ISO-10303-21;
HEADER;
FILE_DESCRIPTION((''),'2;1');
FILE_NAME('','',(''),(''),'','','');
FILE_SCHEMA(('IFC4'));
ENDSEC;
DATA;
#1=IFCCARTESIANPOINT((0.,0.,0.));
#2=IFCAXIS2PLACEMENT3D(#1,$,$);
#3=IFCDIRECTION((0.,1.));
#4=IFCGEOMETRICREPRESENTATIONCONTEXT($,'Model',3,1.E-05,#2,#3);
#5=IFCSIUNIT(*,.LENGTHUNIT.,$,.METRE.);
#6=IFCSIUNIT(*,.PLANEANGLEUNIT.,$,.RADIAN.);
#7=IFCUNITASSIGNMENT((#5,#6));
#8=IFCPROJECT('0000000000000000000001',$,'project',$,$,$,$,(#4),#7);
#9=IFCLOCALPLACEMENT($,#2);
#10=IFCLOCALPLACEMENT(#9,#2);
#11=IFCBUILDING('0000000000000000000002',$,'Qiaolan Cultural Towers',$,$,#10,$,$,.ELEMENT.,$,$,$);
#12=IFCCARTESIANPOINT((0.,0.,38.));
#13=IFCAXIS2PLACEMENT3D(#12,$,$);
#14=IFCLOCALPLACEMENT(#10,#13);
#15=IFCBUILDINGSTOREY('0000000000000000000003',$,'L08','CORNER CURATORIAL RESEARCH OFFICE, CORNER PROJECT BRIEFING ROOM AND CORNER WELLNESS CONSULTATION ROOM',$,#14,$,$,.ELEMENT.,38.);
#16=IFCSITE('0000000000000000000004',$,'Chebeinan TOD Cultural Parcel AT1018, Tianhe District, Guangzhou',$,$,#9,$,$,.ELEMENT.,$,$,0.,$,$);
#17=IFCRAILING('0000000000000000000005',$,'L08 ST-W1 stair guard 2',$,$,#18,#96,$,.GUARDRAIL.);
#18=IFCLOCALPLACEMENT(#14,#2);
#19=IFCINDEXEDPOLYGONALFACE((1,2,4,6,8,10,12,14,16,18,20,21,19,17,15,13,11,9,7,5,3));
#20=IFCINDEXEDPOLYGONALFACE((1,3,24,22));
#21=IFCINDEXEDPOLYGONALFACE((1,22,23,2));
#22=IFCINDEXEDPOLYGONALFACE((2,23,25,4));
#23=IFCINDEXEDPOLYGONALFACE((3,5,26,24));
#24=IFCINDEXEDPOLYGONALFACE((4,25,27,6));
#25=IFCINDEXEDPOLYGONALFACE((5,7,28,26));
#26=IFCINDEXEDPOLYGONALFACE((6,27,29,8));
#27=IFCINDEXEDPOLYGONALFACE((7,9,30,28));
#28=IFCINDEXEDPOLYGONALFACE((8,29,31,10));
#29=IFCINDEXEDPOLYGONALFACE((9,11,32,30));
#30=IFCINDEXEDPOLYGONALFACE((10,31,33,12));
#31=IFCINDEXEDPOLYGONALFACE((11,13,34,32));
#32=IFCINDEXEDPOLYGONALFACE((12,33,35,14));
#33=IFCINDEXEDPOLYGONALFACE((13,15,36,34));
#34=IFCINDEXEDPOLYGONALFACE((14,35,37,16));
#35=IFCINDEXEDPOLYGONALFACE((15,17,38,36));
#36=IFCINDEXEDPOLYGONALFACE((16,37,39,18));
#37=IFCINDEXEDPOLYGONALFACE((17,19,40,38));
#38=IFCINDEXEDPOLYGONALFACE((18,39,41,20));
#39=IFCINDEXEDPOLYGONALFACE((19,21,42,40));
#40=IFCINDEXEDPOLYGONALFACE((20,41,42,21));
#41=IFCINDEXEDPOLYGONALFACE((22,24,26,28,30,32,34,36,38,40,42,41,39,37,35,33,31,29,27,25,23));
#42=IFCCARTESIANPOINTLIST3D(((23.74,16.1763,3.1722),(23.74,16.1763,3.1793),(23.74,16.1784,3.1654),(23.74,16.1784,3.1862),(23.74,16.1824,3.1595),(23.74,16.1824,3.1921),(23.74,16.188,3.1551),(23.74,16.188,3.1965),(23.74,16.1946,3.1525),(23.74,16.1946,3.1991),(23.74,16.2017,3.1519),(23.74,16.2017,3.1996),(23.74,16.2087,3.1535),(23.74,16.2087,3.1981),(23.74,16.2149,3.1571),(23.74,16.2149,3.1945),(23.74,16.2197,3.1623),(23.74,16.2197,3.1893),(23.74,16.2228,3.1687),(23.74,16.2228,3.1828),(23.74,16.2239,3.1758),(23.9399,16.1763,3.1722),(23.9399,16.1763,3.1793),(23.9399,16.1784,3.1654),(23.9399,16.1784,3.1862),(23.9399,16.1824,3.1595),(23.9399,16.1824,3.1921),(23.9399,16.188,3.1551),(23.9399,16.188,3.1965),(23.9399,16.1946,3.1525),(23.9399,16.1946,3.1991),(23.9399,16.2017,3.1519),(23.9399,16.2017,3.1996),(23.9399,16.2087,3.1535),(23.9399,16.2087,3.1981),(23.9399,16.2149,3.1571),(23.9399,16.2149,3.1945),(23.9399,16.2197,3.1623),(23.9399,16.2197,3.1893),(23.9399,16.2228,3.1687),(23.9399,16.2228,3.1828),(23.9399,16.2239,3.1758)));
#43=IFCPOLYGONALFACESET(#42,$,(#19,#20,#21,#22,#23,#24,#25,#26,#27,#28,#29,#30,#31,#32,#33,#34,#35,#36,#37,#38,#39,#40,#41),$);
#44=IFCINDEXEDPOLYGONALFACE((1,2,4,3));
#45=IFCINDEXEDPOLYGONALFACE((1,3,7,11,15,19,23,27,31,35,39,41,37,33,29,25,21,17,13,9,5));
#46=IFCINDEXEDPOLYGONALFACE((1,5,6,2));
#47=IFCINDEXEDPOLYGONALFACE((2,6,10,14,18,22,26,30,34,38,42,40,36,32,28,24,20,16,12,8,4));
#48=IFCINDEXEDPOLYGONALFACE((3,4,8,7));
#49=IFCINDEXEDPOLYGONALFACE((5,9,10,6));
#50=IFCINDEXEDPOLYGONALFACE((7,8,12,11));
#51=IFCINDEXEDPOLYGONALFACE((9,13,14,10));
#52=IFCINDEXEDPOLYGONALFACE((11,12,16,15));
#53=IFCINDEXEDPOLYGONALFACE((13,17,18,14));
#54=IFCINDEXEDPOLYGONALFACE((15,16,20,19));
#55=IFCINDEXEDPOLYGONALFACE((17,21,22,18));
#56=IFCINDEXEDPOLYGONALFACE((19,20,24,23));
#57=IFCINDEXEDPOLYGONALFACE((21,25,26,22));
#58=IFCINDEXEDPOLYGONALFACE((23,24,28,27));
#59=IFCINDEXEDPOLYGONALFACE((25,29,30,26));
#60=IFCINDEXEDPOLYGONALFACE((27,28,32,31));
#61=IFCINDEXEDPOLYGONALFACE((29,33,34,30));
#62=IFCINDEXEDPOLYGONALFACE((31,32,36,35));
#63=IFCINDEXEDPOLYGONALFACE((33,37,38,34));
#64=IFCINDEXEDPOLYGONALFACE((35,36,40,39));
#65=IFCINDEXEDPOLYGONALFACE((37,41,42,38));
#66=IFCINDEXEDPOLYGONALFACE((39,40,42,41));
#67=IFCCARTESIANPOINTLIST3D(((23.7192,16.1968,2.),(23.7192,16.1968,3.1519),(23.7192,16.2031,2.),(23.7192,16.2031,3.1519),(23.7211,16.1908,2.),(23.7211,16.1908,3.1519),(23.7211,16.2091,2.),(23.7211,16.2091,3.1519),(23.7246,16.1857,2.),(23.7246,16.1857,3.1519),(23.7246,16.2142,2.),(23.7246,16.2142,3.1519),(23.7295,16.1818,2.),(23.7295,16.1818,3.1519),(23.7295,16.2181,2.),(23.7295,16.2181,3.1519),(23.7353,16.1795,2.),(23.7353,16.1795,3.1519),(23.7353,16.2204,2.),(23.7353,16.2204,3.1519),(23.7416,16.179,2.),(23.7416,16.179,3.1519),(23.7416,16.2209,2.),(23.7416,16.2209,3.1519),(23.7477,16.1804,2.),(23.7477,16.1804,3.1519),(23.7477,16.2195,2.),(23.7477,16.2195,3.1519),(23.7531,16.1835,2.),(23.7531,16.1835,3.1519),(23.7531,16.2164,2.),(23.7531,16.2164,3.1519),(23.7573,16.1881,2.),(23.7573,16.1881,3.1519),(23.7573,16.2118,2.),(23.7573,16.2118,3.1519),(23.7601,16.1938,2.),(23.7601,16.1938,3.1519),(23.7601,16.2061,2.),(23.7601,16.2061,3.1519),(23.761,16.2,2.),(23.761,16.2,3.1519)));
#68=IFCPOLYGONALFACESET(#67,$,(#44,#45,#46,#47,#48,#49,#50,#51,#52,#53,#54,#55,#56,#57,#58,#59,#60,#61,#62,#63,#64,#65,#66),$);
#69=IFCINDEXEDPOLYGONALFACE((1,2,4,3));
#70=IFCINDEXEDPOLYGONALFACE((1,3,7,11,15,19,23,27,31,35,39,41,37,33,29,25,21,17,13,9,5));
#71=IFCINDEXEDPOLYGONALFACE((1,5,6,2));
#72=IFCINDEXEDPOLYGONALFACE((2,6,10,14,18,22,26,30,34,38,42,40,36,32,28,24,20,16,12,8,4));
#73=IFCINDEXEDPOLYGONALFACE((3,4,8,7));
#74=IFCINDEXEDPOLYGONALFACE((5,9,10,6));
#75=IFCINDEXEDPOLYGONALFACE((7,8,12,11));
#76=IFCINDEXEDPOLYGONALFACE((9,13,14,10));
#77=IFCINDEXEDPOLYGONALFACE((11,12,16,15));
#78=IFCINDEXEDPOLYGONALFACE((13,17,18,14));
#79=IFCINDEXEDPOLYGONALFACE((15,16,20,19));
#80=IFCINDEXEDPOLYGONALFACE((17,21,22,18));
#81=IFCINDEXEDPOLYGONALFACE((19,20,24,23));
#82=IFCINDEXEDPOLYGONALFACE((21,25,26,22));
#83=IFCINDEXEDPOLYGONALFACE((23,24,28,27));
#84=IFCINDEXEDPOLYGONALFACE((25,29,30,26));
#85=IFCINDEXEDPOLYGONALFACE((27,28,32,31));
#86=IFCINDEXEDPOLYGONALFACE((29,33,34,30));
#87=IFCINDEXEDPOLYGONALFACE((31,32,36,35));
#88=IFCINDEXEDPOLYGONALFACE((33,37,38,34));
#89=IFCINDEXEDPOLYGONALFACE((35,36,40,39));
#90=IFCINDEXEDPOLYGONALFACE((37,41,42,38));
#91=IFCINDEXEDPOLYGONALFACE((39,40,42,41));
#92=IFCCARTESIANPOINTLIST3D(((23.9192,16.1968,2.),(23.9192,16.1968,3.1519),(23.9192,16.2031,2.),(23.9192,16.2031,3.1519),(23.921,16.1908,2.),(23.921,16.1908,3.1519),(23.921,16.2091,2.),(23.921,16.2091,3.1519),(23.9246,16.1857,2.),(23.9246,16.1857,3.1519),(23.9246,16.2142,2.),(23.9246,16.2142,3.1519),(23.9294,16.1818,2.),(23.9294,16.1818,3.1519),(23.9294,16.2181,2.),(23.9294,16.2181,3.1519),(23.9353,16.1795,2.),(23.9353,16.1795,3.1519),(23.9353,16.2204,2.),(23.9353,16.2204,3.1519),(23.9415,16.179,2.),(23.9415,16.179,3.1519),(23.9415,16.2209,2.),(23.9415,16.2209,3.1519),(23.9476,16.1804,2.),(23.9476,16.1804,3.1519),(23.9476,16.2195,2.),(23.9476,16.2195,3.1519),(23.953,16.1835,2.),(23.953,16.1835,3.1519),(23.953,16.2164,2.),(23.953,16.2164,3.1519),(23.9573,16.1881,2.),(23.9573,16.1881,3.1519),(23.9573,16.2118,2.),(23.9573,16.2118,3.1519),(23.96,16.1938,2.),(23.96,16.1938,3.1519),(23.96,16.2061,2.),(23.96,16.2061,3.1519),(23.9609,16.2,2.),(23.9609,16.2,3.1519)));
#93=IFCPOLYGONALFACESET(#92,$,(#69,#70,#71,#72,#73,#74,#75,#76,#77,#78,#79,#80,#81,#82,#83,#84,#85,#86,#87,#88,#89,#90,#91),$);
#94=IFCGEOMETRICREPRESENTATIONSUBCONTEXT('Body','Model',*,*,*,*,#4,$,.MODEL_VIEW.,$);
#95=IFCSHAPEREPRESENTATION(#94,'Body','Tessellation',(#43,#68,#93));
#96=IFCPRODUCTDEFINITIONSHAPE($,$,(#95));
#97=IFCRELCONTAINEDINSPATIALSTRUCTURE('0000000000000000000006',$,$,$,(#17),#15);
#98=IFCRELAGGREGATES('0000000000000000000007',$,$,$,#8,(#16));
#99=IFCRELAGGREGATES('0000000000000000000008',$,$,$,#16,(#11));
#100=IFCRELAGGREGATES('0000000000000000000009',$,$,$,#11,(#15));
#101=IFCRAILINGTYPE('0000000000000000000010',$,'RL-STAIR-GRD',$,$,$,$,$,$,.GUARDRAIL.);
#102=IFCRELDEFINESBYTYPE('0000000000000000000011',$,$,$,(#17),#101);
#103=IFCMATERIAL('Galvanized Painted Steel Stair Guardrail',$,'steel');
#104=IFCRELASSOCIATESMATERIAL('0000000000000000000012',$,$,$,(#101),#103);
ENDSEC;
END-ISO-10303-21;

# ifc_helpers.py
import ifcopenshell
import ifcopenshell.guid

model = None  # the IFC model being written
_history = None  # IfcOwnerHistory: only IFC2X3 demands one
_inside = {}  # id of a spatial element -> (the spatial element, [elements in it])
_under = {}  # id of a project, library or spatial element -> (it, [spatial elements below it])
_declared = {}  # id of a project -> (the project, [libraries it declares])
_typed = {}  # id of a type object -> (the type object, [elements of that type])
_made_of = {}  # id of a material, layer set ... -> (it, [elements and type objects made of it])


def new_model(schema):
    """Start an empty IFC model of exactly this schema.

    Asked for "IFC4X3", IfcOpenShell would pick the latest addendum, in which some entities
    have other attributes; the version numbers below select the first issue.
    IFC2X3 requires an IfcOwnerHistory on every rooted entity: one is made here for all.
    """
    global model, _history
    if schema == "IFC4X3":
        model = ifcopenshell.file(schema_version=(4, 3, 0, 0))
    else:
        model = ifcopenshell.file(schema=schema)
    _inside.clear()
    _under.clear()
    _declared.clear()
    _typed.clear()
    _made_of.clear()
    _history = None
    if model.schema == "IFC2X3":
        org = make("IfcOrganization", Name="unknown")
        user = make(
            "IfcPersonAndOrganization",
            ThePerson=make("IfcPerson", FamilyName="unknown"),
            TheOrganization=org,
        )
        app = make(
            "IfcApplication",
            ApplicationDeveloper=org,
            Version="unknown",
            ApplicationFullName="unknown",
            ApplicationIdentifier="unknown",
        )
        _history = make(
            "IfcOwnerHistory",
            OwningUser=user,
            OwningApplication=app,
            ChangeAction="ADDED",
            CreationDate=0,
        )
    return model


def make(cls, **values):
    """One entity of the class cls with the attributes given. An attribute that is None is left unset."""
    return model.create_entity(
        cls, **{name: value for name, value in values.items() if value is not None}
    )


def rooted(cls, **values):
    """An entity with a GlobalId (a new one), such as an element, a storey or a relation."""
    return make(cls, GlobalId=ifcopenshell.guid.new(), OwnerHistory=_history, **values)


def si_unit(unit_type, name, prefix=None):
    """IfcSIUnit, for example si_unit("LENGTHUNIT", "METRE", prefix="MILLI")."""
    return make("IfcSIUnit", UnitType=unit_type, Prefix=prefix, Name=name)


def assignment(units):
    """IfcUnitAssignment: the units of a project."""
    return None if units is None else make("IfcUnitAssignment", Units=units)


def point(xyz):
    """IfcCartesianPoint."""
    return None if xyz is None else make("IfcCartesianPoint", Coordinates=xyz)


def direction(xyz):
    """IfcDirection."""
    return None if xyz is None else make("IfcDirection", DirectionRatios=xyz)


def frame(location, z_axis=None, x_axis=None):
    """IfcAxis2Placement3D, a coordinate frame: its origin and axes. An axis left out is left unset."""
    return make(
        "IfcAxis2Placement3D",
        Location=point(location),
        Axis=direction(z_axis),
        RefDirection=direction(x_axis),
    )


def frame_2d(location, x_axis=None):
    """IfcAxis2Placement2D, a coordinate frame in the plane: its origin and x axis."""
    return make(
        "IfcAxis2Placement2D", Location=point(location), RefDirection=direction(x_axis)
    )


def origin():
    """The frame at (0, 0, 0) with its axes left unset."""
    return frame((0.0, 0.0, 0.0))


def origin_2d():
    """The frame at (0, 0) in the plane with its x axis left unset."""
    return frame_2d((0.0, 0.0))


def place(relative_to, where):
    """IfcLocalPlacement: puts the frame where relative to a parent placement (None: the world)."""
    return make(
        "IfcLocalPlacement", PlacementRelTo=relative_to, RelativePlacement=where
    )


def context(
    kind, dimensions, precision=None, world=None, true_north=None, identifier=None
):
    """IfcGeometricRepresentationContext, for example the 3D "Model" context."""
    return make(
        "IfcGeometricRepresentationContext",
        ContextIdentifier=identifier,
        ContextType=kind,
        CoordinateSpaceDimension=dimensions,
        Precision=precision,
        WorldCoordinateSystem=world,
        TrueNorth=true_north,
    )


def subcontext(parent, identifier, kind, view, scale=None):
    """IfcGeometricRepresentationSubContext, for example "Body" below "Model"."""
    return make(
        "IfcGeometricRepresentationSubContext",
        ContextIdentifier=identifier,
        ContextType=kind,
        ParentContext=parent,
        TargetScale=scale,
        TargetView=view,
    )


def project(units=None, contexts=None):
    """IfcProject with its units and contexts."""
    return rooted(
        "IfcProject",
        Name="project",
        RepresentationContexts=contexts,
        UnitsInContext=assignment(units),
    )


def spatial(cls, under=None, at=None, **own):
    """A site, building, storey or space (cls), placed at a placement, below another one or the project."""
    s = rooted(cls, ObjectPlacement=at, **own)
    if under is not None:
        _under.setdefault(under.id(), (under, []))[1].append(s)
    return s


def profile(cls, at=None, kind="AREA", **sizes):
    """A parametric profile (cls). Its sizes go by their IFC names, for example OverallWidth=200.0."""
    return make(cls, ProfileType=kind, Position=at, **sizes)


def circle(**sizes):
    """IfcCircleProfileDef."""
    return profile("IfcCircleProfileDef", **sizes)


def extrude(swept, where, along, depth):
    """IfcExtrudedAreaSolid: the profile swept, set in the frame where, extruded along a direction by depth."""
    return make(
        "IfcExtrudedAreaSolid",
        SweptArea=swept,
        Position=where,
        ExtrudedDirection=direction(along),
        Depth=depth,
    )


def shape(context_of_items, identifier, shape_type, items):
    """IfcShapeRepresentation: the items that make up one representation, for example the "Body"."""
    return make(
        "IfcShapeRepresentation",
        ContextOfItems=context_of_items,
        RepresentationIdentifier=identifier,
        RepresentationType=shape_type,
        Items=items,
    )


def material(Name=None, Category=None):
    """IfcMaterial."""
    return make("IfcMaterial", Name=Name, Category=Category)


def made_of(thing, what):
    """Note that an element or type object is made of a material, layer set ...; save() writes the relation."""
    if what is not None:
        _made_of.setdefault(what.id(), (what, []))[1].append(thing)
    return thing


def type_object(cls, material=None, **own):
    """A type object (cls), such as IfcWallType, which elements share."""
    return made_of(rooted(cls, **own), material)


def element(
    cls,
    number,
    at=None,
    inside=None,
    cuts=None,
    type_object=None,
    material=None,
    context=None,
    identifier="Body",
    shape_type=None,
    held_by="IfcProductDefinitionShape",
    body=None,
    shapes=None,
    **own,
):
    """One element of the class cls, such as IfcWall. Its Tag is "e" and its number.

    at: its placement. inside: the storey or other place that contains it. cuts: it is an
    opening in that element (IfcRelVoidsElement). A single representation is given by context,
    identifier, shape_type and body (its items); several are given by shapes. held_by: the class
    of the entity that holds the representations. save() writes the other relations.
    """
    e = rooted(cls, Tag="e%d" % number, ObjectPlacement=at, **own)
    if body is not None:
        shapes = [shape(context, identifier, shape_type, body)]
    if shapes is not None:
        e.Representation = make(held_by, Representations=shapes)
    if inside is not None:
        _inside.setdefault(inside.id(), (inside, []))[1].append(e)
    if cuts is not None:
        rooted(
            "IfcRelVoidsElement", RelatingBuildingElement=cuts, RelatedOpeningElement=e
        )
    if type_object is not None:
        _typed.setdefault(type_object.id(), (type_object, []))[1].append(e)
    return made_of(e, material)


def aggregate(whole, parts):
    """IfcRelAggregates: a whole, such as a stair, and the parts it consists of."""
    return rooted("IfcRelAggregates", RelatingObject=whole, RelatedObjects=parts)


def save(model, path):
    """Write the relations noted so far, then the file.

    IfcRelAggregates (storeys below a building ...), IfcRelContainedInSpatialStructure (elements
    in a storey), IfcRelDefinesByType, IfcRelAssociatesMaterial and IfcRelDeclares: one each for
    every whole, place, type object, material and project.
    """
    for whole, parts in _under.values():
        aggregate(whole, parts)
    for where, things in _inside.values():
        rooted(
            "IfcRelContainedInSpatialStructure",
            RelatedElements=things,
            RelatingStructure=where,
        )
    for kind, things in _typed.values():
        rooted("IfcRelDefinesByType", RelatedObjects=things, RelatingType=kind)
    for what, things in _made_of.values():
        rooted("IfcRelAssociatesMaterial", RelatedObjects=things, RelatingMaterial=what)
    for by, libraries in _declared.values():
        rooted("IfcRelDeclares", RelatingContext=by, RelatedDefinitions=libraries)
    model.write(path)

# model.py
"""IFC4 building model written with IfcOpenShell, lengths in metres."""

from ifc_helpers import new_model, si_unit, direction, frame, origin, origin_2d, place, context, subcontext, project, spatial, circle, extrude, material, type_object, element, save


model = new_model("IFC4")

# Units and contexts
model_context = context("Model", 3, precision=1e-05, world=origin(), true_north=direction((0.0, 1.0)))
body_context = subcontext(model_context, "Body", "Model", "MODEL_VIEW")
ifc_project = project(units=[si_unit("LENGTHUNIT", "METRE"), si_unit("PLANEANGLEUNIT", "RADIAN")], contexts=[model_context])

# Site, building, storey
site_placement = place(None, origin())
site = spatial("IfcSite", under=ifc_project, at=site_placement, Name="Chebeinan TOD Cultural Parcel AT1018, Tianhe District, Guangzhou", CompositionType="ELEMENT", RefElevation=0.0)
building_placement = place(site_placement, origin())
building = spatial("IfcBuilding", under=site, at=building_placement, Name="Qiaolan Cultural Towers", CompositionType="ELEMENT")
storey_placement = place(building_placement, frame((0.0, 0.0, 38.0)))
storey = spatial("IfcBuildingStorey", under=building, at=storey_placement, Name="L08", Description="CORNER CURATORIAL RESEARCH OFFICE, CORNER PROJECT BRIEFING ROOM AND CORNER WELLNESS CONSULTATION ROOM", CompositionType="ELEMENT", Elevation=38.0)

# Railing
ifc_material_1 = material(Name="Galvanized Painted Steel Stair Guardrail", Category="steel")
railing_type_1 = type_object("IfcRailingType", Name="RL-STAIR-GRD", PredefinedType="GUARDRAIL", material=ifc_material_1)
railing_1_placement = place(storey_placement, frame((23.74, 16.2, 2.0)))
element("IfcRailing", 1, at=railing_1_placement, inside=storey, type_object=railing_type_1, Name="L08 ST-W1 stair guard 2", PredefinedType="GUARDRAIL", context=body_context, shape_type="SweptSolid", body=[
    extrude(circle(Radius=0.0239, at=origin_2d()), frame((0.0, 0.0, 1.1758), z_axis=(1.0, 0.0, 0.0), x_axis=(0.0, 1.0, 0.0)), (0.0, 0.0, 1.0), 0.2),
    extrude(circle(Radius=0.021, at=origin_2d()), origin(), (0.0, 0.0, 1.0), 1.1519),
    extrude(circle(Radius=0.021, at=origin_2d()), frame((0.2, 0.0, 0.0)), (0.0, 0.0, 1.0), 1.1519),
])

save(model, "model.ifc")
